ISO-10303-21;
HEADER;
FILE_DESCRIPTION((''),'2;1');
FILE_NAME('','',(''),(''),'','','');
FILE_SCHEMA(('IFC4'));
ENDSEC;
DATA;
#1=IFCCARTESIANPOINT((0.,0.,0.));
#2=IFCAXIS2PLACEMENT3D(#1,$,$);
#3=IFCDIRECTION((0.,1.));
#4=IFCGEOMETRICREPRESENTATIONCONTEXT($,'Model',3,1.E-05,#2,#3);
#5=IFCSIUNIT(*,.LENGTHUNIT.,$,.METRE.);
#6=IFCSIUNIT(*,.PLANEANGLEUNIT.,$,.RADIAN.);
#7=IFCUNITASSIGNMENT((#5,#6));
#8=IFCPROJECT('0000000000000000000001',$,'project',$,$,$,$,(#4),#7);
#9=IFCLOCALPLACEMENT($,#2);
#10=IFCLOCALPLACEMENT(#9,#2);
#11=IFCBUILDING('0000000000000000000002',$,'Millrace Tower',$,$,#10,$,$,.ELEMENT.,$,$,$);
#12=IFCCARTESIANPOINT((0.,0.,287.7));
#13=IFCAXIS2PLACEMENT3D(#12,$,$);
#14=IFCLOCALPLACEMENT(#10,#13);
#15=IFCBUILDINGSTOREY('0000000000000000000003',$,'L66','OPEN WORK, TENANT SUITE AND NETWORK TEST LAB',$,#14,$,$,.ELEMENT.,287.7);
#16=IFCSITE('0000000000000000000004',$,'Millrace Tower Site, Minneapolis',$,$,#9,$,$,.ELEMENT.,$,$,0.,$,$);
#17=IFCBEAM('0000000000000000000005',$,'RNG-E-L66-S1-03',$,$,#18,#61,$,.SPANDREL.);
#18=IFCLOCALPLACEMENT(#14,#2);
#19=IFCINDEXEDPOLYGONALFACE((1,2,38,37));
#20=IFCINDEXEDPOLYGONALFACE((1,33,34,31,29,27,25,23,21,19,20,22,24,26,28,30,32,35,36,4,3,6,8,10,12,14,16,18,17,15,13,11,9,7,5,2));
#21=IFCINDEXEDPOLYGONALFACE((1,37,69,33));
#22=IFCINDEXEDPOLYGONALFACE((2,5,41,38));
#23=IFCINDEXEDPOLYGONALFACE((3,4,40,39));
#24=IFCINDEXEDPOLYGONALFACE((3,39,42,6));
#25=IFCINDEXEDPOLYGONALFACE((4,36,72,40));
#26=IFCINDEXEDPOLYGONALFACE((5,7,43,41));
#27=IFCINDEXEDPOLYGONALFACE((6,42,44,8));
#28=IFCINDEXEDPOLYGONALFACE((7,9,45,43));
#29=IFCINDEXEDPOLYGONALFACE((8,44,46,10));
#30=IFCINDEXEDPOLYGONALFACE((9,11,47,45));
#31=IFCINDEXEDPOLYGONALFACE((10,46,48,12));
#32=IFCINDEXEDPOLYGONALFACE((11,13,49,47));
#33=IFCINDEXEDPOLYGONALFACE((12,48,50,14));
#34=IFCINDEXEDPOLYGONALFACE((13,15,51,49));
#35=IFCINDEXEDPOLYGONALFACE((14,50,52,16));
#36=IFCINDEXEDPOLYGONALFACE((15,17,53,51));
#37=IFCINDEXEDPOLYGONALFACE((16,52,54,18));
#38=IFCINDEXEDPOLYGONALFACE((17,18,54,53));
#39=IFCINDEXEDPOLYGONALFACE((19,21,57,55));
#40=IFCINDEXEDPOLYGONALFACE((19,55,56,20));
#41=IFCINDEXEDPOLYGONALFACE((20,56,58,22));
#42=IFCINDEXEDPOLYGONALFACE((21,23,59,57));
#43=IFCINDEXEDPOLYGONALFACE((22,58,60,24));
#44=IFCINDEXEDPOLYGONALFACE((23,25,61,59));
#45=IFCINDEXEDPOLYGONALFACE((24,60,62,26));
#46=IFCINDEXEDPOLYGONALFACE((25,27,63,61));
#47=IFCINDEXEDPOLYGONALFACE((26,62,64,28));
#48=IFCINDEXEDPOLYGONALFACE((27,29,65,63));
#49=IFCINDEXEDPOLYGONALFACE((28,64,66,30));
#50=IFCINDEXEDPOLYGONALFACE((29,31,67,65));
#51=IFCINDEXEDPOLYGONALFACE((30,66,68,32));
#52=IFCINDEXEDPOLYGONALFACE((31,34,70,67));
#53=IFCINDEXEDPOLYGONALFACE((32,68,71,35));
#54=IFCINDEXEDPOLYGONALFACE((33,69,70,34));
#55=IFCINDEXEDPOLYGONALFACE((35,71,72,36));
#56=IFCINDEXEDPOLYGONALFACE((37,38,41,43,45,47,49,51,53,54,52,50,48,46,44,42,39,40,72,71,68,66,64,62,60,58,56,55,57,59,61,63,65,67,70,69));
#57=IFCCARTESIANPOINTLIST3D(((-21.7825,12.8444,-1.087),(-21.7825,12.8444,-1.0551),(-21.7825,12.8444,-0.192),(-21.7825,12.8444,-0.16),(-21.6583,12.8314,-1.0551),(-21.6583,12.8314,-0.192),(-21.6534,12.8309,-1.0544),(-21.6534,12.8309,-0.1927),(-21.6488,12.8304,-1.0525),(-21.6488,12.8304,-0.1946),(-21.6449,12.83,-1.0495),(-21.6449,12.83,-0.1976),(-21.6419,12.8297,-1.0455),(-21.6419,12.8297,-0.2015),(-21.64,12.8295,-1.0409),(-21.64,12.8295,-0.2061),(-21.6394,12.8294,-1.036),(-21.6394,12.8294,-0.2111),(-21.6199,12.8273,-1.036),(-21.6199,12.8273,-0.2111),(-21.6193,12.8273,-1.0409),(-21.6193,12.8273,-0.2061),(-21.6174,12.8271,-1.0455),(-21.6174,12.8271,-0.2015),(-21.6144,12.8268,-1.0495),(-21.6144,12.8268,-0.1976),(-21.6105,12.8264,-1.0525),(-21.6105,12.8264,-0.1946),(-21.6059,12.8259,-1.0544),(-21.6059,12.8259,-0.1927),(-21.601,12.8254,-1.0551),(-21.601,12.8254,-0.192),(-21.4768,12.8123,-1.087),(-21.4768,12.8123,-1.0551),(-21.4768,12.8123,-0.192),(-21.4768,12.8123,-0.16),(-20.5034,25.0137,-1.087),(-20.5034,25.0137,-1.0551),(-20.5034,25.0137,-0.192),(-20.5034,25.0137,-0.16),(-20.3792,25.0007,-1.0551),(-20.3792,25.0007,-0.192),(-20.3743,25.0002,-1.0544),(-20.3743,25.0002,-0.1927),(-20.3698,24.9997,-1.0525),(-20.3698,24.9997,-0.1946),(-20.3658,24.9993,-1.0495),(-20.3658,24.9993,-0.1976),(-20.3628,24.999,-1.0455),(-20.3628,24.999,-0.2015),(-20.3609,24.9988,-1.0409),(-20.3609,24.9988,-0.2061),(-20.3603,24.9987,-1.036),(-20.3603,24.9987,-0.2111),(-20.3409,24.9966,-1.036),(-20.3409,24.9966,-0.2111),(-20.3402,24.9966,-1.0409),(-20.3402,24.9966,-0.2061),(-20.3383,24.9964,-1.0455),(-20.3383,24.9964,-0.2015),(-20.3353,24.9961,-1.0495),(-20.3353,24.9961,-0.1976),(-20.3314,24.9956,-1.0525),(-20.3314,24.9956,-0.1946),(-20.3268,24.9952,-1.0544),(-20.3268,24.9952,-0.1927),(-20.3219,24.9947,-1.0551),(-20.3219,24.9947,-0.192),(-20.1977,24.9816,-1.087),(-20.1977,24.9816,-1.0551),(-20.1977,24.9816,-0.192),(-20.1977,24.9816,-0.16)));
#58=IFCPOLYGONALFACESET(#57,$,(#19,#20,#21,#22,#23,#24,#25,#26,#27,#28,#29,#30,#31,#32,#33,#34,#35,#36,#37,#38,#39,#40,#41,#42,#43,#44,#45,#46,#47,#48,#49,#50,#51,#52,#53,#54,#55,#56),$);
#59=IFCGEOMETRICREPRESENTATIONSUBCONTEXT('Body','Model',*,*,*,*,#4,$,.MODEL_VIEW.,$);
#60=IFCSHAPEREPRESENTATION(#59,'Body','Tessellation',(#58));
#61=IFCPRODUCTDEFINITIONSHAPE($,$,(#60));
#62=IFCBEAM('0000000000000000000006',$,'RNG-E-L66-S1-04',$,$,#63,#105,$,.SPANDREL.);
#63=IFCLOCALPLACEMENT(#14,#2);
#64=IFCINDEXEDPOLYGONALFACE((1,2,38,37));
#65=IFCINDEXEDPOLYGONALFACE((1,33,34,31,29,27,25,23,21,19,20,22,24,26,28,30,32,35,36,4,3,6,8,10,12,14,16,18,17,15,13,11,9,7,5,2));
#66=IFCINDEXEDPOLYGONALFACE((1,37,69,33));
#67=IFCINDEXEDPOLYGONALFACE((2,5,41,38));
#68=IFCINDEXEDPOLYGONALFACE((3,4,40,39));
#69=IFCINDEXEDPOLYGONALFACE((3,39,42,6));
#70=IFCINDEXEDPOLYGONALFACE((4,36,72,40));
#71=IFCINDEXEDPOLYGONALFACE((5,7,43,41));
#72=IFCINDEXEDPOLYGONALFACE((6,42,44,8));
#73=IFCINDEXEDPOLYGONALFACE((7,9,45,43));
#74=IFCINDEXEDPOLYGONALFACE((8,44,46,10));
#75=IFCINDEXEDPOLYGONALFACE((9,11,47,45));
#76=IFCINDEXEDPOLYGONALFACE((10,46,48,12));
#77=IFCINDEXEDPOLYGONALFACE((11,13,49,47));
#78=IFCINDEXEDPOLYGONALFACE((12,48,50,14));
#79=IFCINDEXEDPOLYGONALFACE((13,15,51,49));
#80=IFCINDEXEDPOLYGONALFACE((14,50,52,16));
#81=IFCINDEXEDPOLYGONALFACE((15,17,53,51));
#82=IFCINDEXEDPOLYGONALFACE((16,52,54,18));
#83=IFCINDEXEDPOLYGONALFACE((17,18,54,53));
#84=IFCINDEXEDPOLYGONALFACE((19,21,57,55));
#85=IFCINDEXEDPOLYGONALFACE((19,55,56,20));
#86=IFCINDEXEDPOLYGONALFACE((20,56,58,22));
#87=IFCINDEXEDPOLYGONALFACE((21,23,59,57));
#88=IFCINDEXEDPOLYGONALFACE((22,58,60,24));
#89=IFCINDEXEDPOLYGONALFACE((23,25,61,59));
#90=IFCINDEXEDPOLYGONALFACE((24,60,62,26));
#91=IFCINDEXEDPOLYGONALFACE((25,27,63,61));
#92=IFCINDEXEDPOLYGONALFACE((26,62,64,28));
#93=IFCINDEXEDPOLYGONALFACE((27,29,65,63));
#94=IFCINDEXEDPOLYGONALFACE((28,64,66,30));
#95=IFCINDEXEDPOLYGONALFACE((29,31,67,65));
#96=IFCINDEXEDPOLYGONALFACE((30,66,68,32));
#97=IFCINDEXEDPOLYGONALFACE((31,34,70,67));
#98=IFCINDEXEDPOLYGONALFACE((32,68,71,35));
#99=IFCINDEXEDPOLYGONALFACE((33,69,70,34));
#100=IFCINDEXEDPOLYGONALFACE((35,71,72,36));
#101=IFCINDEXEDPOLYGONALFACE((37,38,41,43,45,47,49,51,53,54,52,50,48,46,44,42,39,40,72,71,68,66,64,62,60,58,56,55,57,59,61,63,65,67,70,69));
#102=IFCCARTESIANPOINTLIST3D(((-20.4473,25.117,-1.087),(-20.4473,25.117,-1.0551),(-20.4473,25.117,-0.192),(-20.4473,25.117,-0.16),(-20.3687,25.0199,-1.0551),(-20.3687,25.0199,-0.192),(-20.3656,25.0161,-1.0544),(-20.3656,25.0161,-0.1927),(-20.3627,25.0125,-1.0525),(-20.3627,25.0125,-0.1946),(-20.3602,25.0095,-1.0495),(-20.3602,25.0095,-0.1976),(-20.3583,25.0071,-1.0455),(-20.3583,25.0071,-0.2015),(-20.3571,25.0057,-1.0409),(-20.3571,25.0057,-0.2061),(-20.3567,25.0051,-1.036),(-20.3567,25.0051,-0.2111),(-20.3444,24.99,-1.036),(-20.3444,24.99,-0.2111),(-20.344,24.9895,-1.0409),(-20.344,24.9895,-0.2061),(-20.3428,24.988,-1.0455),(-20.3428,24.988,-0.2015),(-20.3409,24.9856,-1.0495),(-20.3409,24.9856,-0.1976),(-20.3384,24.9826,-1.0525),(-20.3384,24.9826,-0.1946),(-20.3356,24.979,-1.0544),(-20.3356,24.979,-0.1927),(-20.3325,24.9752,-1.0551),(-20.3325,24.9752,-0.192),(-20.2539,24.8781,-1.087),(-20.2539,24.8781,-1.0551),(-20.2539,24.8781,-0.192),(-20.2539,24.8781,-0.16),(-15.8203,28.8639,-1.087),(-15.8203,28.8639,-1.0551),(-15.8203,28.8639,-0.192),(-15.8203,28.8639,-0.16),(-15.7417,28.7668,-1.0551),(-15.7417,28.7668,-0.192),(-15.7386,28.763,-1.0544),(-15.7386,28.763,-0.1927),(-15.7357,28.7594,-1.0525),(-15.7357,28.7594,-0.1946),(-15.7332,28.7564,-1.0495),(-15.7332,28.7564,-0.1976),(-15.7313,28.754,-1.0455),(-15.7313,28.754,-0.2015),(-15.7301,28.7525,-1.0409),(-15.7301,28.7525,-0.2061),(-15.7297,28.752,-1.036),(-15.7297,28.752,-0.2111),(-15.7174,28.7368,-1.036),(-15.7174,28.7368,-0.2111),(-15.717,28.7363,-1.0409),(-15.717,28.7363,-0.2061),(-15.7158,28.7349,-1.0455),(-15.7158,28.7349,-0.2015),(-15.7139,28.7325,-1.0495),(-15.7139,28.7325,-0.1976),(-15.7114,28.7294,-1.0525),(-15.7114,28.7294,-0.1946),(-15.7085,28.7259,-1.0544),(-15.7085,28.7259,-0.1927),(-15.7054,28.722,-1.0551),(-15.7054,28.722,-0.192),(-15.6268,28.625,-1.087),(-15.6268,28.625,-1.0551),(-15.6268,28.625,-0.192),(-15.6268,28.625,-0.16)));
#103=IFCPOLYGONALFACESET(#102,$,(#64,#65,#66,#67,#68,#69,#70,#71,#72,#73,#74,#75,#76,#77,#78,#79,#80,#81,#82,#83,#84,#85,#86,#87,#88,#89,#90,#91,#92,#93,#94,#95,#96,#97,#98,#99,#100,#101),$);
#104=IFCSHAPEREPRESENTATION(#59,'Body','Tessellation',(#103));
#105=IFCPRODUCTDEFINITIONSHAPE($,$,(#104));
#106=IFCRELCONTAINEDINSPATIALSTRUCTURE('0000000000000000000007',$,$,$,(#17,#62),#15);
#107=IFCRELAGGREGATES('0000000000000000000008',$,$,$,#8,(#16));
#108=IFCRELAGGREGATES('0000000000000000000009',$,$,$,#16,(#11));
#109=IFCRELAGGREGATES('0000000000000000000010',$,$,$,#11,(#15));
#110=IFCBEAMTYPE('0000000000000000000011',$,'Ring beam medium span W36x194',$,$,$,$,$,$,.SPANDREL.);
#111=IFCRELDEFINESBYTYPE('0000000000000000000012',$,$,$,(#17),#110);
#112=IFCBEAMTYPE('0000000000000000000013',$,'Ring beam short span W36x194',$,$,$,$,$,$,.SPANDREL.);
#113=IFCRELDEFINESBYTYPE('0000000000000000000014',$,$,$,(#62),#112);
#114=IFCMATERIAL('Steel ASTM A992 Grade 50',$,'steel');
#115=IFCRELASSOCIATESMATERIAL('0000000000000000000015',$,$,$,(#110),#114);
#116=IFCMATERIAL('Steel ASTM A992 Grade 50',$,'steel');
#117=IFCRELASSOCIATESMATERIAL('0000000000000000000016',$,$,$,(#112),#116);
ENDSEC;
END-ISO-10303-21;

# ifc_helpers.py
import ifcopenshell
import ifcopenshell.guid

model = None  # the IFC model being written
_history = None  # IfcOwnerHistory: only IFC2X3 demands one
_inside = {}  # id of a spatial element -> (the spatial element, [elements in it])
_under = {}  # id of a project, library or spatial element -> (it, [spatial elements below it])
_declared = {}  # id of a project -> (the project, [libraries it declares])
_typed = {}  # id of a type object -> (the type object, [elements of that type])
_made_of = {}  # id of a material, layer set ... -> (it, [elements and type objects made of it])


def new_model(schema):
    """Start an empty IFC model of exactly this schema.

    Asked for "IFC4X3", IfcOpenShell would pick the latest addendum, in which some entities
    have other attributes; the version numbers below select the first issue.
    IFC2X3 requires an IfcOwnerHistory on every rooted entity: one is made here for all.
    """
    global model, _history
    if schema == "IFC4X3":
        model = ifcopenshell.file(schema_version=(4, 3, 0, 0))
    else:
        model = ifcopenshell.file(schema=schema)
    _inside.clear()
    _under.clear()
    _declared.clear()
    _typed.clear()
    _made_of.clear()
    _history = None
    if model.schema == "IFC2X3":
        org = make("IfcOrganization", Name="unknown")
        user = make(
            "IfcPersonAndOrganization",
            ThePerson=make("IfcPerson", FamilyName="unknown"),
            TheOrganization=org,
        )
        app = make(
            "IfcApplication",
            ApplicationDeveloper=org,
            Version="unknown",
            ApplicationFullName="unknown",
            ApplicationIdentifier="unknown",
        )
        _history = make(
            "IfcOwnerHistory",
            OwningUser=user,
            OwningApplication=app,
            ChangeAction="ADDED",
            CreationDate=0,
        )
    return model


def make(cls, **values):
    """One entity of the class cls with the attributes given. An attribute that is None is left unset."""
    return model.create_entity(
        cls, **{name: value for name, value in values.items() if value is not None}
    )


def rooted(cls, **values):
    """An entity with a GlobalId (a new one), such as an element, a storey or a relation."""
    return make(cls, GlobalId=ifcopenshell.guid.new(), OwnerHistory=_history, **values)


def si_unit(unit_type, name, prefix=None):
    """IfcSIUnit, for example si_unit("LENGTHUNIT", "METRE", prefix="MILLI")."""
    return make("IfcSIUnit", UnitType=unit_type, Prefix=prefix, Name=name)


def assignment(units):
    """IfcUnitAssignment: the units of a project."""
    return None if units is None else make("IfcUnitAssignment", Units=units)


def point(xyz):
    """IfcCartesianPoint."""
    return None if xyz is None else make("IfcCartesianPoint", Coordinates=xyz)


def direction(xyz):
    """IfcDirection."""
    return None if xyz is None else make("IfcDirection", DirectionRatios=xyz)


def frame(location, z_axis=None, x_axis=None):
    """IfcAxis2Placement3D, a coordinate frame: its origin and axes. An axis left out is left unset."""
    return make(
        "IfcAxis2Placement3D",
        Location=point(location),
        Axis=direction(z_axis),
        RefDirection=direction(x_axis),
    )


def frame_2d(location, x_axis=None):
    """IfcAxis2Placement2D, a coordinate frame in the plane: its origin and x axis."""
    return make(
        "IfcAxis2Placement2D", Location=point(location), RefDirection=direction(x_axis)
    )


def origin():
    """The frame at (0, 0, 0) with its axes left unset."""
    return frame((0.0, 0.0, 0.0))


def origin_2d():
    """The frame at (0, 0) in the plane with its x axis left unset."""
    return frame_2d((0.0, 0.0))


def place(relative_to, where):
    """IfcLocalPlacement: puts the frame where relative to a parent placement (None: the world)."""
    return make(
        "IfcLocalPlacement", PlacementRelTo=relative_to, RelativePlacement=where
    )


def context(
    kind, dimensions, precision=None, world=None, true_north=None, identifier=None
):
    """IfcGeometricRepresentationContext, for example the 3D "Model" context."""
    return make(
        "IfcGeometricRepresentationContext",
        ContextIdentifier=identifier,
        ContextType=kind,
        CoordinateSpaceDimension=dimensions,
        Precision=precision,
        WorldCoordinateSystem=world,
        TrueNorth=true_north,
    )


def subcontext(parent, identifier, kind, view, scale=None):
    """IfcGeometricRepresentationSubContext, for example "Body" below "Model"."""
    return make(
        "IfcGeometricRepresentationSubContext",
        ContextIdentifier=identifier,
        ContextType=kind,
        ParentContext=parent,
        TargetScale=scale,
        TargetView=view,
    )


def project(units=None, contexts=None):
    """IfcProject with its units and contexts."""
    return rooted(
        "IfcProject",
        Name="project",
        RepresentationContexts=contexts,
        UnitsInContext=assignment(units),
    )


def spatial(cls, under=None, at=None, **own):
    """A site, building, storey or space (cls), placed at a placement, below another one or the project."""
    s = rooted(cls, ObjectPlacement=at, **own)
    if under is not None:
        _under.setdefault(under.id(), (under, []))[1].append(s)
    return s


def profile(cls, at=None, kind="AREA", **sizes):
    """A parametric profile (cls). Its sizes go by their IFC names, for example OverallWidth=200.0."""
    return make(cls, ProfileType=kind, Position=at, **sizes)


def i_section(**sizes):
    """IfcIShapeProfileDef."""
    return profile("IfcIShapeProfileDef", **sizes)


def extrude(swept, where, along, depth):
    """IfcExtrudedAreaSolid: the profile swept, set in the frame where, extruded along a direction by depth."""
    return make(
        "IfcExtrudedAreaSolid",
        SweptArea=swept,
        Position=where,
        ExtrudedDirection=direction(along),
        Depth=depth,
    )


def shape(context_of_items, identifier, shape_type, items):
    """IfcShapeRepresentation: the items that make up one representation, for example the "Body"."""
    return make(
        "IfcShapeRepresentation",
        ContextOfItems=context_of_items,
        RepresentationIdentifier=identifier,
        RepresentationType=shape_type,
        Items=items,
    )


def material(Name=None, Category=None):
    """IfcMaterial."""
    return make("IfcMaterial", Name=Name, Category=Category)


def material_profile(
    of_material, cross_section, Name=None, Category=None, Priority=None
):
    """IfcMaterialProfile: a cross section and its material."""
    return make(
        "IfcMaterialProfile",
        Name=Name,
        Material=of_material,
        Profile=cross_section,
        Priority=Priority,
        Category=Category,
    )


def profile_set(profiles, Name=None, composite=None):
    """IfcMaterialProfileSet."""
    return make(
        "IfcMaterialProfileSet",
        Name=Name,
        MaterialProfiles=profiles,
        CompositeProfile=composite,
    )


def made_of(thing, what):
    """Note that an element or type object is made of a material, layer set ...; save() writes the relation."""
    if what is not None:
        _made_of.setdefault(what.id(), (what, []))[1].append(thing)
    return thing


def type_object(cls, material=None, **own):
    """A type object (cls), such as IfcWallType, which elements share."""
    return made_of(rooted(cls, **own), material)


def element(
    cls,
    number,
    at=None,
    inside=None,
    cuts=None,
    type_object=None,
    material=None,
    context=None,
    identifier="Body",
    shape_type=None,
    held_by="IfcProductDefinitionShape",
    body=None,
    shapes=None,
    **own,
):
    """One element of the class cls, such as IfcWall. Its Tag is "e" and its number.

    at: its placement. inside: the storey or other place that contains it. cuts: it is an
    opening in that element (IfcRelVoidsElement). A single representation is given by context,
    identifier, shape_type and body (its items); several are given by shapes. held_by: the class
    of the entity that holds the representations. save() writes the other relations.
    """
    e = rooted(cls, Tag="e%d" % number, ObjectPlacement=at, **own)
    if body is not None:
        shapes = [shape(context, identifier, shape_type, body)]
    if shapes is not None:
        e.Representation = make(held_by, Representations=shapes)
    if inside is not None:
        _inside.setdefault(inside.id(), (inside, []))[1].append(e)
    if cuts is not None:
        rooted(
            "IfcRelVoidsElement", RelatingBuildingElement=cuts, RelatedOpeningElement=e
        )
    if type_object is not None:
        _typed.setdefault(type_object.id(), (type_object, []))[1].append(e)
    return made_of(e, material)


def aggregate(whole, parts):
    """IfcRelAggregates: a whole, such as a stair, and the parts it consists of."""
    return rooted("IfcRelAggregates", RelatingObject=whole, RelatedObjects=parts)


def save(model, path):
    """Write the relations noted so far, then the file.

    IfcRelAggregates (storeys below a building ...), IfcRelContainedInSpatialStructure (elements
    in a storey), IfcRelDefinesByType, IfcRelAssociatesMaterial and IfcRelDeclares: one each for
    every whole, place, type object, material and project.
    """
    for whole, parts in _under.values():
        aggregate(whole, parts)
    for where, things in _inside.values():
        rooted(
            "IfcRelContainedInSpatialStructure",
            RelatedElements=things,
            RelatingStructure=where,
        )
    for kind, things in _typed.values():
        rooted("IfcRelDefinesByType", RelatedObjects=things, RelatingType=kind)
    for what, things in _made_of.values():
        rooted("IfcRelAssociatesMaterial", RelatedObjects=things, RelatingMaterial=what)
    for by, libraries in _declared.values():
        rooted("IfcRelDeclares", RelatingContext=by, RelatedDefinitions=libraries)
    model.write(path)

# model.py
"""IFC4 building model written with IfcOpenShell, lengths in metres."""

from ifc_helpers import new_model, si_unit, direction, frame, origin, origin_2d, place, context, subcontext, project, spatial, i_section, extrude, material, material_profile, profile_set, type_object, element, save


model = new_model("IFC4")

# Units and contexts
model_context = context("Model", 3, precision=1e-05, world=origin(), true_north=direction((0.0, 1.0)))
body_context = subcontext(model_context, "Body", "Model", "MODEL_VIEW")
ifc_project = project(units=[si_unit("LENGTHUNIT", "METRE"), si_unit("PLANEANGLEUNIT", "RADIAN")], contexts=[model_context])

# Site, building, storey
site_placement = place(None, origin())
site = spatial("IfcSite", under=ifc_project, at=site_placement, Name="Millrace Tower Site, Minneapolis", CompositionType="ELEMENT", RefElevation=0.0)
building_placement = place(site_placement, origin())
building = spatial("IfcBuilding", under=site, at=building_placement, Name="Millrace Tower", CompositionType="ELEMENT")
storey_placement = place(building_placement, frame((0.0, 0.0, 287.7)))
storey = spatial("IfcBuildingStorey", under=building, at=storey_placement, Name="L66", Description="OPEN WORK, TENANT SUITE AND NETWORK TEST LAB", CompositionType="ELEMENT", Elevation=287.7)

# Beams
ifc_material_1 = material(Name="Steel ASTM A992 Grade 50", Category="steel")
ifc_material_profile_1 = material_profile(ifc_material_1, i_section(OverallWidth=0.3074, OverallDepth=0.927, WebThickness=0.0195, FlangeThickness=0.032, FilletRadius=0.019, at=origin_2d()))
ifc_profile_set_1 = profile_set([ifc_material_profile_1], Name="Steel ASTM A992 Grade 50")
beam_type_1 = type_object("IfcBeamType", Name="Ring beam medium span W36x194", PredefinedType="SPANDREL", material=ifc_profile_set_1)
beam_1_placement = place(storey_placement, frame((-21.6296, 12.8284, -0.6235), z_axis=(0.10453, 0.994522, 0.0), x_axis=(-0.994522, 0.10453, 0.0)))
element("IfcBeam", 1, at=beam_1_placement, inside=storey, type_object=beam_type_1, Name="RNG-E-L66-S1-03", PredefinedType="SPANDREL", context=body_context, shape_type="SweptSolid", body=[
    extrude(i_section(OverallWidth=0.3074, OverallDepth=0.927, WebThickness=0.0195, FlangeThickness=0.032, FilletRadius=0.019, at=origin_2d()), origin(), (0.0, 0.0, 1.0), 12.2363),
])
ifc_material_2 = material(Name="Steel ASTM A992 Grade 50", Category="steel")
ifc_material_profile_2 = material_profile(ifc_material_2, i_section(OverallWidth=0.3074, OverallDepth=0.927, WebThickness=0.0195, FlangeThickness=0.032, FilletRadius=0.019, at=origin_2d()))
ifc_profile_set_2 = profile_set([ifc_material_profile_2], Name="Steel ASTM A992 Grade 50")
beam_type_2 = type_object("IfcBeamType", Name="Ring beam short span W36x194", PredefinedType="SPANDREL", material=ifc_profile_set_2)
beam_2_placement = place(storey_placement, frame((-20.3506, 24.9976, -0.6235), z_axis=(0.777147, 0.62932, 0.0), x_axis=(-0.62932, 0.777147, 0.0)))
element("IfcBeam", 2, at=beam_2_placement, inside=storey, type_object=beam_type_2, Name="RNG-E-L66-S1-04", PredefinedType="SPANDREL", context=body_context, shape_type="SweptSolid", body=[
    extrude(i_section(OverallWidth=0.3074, OverallDepth=0.927, WebThickness=0.0195, FlangeThickness=0.032, FilletRadius=0.019, at=origin_2d()), origin(), (0.0, 0.0, 1.0), 5.9539),
])

save(model, "model.ifc")
